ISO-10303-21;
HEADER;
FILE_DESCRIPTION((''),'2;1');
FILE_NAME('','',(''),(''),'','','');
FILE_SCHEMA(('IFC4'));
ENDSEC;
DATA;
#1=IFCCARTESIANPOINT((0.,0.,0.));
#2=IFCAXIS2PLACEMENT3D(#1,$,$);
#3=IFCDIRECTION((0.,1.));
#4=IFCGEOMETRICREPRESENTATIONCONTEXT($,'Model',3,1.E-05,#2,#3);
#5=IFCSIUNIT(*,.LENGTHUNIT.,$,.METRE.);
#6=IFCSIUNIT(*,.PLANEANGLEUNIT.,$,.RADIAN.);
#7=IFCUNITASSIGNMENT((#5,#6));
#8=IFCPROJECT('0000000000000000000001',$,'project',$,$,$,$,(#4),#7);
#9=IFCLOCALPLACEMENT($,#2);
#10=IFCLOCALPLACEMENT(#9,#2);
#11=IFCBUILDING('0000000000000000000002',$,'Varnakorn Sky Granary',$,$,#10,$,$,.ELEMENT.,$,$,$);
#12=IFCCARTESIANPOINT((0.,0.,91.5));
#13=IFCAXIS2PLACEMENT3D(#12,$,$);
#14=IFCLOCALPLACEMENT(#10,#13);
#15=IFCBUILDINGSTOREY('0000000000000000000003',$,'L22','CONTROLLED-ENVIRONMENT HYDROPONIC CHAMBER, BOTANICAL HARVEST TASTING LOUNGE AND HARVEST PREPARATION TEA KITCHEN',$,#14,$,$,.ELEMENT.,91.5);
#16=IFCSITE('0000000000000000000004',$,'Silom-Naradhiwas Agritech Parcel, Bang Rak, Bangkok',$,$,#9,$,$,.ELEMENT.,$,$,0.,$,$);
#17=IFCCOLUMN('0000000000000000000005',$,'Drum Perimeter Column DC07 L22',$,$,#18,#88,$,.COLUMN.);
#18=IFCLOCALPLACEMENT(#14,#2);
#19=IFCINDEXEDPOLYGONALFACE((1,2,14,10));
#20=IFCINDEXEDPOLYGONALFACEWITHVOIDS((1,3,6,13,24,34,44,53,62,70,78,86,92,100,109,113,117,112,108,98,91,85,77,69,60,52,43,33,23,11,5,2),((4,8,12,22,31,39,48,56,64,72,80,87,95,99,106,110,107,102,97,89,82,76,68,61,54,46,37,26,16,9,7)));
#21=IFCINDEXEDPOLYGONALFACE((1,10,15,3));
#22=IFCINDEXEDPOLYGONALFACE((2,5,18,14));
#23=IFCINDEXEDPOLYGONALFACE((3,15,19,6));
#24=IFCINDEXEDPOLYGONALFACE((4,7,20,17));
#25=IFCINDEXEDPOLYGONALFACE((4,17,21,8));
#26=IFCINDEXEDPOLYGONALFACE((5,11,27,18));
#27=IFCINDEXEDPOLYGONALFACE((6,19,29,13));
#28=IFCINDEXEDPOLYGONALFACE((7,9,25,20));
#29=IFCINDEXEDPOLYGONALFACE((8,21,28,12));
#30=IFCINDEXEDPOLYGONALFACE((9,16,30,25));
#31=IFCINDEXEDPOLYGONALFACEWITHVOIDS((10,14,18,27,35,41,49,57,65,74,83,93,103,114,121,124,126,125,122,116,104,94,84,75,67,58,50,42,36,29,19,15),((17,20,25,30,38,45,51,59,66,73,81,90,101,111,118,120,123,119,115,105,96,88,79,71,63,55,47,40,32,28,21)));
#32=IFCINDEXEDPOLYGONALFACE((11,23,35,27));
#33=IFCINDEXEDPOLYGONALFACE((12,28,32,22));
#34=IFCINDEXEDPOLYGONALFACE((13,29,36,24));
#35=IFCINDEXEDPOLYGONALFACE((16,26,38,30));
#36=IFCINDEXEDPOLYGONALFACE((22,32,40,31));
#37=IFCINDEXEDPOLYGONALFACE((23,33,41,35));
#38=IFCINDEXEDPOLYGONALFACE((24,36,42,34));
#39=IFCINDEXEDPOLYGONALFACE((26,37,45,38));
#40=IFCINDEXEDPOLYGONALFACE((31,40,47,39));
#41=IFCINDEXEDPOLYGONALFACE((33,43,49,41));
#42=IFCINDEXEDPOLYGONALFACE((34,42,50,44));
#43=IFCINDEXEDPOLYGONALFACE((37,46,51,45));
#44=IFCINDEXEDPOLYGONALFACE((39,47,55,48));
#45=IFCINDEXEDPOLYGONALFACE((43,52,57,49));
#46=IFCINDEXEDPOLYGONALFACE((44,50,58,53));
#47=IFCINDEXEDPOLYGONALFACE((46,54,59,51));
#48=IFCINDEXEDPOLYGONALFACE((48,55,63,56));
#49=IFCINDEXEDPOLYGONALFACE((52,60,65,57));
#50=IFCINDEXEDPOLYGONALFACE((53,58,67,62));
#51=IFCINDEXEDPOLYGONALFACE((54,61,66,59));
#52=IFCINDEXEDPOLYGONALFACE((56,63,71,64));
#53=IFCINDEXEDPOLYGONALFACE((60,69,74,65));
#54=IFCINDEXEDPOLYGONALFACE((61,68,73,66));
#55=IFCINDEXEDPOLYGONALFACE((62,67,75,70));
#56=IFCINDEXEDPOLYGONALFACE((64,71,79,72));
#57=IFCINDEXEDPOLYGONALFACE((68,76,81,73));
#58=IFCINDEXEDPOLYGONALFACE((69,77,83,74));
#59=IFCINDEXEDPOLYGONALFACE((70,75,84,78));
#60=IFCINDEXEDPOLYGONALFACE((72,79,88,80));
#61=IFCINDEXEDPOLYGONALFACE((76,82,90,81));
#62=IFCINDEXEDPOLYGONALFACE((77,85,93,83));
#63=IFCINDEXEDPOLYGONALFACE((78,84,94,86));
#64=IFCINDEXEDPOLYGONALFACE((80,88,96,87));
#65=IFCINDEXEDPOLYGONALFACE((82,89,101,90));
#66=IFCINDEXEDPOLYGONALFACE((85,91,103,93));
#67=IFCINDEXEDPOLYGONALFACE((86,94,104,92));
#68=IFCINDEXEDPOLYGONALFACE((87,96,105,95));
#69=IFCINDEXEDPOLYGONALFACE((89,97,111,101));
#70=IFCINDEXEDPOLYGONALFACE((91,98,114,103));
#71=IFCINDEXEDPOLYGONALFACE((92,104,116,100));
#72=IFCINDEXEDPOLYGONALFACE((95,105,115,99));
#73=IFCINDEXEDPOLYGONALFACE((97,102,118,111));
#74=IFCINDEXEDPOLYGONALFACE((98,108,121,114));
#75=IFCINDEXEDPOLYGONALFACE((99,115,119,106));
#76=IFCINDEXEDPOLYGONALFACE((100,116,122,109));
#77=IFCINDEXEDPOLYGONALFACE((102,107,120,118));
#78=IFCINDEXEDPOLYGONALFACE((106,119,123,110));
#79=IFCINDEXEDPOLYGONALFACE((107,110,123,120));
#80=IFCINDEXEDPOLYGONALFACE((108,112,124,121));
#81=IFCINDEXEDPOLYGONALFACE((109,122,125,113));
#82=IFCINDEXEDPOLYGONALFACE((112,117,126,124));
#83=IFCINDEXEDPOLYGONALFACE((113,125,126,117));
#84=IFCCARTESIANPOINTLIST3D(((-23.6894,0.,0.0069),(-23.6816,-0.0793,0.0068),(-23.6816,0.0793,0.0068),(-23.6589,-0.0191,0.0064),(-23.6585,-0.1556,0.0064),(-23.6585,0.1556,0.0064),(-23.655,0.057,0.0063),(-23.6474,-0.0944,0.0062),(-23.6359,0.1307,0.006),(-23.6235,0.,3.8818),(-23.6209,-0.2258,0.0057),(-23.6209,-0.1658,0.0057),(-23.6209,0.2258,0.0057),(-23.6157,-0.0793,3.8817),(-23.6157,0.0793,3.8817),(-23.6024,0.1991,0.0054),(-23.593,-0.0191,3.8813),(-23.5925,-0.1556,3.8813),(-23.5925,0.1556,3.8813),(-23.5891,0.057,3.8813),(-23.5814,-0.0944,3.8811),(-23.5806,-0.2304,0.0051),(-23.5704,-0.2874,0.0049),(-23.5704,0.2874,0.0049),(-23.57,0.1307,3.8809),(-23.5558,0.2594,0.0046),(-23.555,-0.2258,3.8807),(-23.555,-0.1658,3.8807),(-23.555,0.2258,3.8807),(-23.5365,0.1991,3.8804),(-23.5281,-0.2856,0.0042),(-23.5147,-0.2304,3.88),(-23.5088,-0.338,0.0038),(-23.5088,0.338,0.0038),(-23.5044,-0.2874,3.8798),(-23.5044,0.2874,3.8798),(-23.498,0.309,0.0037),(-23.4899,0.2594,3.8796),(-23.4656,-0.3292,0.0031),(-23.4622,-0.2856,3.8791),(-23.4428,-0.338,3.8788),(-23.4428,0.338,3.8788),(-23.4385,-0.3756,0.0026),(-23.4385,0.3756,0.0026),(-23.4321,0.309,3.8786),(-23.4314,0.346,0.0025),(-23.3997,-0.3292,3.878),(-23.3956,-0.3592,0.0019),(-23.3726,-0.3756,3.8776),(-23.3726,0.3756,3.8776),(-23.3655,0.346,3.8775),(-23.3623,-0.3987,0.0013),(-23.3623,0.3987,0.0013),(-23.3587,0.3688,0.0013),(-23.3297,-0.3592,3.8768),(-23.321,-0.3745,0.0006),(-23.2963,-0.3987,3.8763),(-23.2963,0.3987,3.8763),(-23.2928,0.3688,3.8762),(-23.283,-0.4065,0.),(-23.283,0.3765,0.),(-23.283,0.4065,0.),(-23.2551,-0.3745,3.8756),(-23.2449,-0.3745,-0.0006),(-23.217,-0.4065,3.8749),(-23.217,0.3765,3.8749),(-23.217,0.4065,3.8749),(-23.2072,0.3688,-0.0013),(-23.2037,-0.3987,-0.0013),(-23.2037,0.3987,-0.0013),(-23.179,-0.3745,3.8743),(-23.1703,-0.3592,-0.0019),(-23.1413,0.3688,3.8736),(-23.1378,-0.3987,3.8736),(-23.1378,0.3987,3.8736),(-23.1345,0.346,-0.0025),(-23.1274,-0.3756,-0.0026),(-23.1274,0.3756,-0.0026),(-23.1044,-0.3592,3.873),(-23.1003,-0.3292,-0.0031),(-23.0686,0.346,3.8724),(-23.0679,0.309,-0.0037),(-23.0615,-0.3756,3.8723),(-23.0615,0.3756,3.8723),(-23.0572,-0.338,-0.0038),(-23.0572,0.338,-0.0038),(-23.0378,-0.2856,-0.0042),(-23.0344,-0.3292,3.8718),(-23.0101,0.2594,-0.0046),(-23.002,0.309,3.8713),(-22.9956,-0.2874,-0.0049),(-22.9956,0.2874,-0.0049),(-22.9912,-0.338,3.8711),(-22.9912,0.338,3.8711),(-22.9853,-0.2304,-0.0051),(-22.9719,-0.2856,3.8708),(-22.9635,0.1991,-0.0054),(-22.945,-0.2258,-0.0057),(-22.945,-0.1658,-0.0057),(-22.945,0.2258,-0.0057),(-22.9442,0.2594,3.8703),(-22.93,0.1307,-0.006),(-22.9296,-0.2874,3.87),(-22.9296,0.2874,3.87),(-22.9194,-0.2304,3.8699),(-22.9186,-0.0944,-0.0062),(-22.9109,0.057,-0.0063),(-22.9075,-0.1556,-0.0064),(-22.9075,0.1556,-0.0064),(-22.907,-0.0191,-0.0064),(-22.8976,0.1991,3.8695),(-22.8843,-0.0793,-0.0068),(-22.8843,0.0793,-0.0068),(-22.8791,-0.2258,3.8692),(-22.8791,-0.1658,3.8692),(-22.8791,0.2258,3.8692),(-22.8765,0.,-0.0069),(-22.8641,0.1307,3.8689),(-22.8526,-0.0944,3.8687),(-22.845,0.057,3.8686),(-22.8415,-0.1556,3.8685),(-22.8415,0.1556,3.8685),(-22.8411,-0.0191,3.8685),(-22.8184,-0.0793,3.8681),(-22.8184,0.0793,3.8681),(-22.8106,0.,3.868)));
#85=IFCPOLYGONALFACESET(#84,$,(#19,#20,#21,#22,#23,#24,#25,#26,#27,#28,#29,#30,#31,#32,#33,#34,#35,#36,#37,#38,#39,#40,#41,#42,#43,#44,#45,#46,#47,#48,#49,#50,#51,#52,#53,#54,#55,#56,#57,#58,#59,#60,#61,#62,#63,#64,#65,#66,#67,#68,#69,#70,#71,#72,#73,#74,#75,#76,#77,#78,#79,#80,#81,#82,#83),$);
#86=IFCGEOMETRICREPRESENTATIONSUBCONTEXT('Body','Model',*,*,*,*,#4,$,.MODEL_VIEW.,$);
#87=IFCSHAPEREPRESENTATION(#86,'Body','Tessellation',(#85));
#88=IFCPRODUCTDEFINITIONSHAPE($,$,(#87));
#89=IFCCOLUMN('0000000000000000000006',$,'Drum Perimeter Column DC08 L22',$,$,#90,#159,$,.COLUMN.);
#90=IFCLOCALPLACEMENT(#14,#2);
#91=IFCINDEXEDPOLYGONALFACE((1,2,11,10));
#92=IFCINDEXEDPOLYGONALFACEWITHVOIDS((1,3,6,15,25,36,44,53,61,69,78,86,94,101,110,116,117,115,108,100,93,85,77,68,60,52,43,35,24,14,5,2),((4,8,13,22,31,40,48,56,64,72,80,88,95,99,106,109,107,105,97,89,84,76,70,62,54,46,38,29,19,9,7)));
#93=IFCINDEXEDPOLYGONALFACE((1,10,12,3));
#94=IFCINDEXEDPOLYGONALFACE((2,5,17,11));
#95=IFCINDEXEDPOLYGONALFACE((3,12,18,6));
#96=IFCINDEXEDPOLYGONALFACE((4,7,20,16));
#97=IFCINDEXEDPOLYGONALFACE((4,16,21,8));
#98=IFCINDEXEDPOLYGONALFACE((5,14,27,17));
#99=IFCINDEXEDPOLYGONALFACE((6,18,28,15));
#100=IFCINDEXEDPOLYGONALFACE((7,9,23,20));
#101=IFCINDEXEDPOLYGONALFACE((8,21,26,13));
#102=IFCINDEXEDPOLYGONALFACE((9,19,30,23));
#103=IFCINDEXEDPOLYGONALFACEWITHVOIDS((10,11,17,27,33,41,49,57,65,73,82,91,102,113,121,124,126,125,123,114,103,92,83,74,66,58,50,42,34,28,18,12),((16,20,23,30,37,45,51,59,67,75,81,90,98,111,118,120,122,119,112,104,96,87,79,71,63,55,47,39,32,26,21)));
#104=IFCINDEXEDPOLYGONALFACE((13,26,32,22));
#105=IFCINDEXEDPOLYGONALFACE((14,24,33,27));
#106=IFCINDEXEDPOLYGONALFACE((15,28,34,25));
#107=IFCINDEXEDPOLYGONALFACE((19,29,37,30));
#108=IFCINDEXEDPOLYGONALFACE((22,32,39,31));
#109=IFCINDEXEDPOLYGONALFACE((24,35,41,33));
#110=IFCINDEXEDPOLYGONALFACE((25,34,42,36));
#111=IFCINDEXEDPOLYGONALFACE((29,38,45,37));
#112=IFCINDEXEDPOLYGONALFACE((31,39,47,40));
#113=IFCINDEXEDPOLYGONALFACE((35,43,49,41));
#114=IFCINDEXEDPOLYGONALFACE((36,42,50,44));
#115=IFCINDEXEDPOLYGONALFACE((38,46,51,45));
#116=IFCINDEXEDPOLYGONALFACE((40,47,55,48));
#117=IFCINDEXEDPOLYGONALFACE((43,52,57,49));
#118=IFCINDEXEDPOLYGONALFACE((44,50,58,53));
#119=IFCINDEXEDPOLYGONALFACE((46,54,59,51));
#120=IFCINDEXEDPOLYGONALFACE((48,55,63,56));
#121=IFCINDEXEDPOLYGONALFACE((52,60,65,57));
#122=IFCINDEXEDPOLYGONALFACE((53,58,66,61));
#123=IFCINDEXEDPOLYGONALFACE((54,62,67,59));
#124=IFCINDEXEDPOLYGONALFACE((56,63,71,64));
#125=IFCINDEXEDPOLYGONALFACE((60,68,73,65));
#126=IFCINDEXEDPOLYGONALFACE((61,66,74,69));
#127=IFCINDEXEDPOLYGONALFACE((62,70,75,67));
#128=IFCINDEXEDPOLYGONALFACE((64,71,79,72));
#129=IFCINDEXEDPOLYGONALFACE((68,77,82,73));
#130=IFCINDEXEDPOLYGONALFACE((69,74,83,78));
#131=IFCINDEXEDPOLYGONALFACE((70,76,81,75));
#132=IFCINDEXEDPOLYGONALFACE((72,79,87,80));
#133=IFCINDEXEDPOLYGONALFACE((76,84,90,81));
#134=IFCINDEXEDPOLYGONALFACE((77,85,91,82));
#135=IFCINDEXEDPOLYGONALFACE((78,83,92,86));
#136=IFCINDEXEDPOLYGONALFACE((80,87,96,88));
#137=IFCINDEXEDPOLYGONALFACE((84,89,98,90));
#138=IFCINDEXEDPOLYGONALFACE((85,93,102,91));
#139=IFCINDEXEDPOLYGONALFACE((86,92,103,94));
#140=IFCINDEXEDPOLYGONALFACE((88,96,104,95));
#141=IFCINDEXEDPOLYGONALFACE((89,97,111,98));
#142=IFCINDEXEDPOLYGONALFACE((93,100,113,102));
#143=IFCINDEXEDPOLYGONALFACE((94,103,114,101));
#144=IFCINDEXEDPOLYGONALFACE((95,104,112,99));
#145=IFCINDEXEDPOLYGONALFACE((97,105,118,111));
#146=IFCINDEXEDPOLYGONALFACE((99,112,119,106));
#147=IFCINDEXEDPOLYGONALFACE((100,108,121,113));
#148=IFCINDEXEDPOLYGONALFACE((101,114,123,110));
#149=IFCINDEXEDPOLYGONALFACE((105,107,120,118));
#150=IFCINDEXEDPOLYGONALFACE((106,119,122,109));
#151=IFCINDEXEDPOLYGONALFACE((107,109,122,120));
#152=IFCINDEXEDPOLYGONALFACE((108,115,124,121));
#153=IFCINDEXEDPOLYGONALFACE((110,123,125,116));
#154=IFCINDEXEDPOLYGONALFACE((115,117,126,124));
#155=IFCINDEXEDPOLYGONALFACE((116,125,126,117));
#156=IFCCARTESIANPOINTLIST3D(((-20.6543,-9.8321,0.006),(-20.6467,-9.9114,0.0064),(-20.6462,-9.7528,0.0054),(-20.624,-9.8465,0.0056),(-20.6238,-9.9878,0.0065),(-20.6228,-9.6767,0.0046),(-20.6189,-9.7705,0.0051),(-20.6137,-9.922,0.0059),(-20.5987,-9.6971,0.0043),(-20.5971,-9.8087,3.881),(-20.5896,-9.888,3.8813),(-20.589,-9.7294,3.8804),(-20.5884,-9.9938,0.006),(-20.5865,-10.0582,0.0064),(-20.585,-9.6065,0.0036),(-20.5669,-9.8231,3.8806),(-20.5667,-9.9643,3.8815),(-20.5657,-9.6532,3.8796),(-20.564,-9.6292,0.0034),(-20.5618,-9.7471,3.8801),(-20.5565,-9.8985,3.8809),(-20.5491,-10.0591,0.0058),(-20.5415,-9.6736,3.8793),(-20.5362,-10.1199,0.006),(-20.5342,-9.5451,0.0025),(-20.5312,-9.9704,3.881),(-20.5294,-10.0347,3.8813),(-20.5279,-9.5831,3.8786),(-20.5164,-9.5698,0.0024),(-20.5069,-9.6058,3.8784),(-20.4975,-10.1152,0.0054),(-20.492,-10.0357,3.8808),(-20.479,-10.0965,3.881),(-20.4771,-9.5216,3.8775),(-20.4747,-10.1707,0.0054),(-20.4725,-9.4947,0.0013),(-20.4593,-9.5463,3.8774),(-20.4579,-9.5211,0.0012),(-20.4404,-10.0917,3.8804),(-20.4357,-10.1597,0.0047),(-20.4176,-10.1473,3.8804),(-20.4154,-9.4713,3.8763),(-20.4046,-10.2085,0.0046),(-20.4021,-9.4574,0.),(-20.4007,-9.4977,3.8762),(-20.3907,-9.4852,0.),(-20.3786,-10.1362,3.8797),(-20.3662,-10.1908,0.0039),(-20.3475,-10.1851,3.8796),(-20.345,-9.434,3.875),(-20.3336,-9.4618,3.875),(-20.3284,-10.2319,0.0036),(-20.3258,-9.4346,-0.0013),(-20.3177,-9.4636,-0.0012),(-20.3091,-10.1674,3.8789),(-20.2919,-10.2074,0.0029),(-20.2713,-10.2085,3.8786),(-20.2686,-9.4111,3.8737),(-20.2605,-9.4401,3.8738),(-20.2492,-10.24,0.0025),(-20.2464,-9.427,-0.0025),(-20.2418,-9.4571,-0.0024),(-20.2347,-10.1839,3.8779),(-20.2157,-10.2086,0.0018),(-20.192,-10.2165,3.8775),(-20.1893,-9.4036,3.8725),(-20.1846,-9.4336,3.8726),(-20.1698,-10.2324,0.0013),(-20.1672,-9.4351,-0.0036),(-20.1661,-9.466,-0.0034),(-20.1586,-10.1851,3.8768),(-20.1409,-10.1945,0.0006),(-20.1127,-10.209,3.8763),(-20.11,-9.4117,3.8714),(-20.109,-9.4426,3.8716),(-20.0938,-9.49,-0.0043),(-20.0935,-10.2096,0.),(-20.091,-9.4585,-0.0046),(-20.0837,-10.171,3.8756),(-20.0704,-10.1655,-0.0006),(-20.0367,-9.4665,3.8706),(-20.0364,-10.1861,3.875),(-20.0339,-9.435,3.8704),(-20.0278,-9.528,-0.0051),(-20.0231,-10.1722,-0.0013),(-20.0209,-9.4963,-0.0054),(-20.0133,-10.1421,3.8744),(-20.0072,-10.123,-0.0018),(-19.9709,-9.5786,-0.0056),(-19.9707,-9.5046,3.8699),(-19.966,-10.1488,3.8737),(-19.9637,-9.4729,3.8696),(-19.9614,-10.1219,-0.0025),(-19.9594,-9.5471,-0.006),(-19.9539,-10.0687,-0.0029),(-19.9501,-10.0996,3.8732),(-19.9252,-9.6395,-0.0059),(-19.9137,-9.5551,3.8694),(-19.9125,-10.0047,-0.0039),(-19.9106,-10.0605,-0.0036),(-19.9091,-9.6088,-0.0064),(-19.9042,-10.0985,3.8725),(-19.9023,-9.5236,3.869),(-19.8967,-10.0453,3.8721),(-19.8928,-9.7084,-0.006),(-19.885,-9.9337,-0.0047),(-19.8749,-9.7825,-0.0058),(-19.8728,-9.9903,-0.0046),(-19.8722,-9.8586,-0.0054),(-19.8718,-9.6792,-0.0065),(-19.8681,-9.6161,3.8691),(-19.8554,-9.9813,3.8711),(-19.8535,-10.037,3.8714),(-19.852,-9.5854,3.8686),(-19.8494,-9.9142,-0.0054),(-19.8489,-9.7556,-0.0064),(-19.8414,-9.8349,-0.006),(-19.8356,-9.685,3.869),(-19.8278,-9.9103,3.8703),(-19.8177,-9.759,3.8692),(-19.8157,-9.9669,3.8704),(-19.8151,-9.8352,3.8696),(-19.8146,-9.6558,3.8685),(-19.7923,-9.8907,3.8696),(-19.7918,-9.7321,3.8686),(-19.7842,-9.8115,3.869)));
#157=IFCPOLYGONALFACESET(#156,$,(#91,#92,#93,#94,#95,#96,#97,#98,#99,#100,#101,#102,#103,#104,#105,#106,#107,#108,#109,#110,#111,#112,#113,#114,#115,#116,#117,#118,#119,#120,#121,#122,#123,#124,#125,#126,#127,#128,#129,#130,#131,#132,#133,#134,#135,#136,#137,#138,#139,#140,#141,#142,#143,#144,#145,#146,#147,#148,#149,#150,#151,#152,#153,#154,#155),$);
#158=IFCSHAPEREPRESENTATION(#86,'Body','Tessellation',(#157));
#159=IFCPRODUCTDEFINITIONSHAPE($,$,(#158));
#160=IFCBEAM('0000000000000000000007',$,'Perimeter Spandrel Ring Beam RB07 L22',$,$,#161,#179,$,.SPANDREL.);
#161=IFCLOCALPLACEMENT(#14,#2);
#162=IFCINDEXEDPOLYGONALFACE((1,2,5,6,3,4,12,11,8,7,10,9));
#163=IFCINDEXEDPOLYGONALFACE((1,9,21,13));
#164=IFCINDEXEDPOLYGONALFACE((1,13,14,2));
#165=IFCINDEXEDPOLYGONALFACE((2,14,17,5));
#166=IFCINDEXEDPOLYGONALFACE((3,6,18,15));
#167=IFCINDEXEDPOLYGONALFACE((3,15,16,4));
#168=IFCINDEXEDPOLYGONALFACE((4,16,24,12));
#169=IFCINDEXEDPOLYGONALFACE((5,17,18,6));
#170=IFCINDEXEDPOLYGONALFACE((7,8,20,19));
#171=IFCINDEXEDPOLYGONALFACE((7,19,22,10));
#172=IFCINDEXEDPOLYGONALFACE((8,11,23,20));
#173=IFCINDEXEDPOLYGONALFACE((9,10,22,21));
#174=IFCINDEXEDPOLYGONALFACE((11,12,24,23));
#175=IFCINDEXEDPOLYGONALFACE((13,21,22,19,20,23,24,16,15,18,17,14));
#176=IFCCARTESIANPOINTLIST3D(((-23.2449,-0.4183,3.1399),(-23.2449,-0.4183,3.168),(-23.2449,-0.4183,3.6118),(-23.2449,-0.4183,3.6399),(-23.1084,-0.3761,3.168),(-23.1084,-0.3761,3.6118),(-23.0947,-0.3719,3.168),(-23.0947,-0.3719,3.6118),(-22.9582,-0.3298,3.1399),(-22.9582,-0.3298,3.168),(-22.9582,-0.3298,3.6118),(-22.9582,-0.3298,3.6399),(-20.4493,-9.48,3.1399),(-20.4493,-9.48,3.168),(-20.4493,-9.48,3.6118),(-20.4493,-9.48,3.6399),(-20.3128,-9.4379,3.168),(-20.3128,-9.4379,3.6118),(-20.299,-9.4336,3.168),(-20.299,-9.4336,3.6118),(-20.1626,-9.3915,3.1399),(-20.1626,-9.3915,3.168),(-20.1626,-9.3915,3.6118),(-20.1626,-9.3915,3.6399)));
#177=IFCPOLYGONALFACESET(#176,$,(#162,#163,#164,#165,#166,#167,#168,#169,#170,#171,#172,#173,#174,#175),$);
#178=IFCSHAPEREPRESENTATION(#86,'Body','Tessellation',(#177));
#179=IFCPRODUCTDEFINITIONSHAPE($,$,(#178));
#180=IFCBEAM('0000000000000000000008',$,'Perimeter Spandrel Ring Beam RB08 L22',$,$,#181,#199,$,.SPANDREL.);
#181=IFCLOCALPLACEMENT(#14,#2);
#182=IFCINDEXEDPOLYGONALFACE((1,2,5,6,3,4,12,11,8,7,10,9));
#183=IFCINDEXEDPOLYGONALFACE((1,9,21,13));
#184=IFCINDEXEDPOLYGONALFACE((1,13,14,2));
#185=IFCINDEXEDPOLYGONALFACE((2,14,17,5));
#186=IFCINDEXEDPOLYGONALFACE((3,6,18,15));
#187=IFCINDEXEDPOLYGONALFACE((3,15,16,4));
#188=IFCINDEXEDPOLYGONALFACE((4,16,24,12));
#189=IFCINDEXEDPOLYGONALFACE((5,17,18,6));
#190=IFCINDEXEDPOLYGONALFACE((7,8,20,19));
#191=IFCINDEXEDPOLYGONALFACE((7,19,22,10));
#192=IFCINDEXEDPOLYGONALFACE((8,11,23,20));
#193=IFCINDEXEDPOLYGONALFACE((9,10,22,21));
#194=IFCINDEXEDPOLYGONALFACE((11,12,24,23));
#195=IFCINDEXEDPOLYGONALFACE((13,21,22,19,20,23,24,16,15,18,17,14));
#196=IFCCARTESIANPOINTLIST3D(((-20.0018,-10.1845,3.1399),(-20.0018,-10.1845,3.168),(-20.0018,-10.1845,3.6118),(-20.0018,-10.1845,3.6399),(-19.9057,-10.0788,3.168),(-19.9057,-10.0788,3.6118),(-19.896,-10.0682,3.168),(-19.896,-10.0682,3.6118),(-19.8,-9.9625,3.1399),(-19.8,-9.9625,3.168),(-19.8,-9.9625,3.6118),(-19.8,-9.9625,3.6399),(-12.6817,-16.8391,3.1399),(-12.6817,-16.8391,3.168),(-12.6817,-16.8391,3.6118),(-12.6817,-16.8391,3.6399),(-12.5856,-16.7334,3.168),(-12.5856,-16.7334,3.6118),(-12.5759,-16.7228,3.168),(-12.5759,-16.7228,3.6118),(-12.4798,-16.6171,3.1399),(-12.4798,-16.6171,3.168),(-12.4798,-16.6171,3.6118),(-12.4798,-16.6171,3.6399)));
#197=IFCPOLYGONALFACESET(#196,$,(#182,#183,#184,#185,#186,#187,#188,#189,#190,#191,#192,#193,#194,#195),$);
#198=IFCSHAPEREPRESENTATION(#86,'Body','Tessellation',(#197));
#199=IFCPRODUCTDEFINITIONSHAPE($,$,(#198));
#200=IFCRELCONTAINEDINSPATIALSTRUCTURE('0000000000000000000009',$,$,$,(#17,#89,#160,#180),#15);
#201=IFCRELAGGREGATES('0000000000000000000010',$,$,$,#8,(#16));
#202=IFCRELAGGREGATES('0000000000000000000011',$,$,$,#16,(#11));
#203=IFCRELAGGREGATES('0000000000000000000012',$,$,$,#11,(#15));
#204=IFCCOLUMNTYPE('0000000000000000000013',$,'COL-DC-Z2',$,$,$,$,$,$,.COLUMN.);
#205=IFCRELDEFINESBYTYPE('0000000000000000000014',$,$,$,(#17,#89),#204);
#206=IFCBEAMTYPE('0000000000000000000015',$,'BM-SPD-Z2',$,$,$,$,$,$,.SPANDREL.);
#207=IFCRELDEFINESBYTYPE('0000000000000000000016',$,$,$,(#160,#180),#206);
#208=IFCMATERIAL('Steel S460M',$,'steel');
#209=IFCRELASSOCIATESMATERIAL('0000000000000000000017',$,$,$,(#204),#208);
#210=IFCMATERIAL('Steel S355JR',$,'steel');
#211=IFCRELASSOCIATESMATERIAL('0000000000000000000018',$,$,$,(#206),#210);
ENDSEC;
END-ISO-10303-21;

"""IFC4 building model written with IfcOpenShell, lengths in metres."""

from ifc_helpers import new_model, si_unit, direction, frame, origin, origin_2d, place, context, subcontext, project, spatial, hollow_circle, i_section, extrude, material, material_profile, profile_set, type_object, element, save


model = new_model("IFC4")

# Units and contexts
model_context = context("Model", 3, precision=1e-05, world=origin(), true_north=direction((0.0, 1.0)))
body_context = subcontext(model_context, "Body", "Model", "MODEL_VIEW")
ifc_project = project(units=[si_unit("LENGTHUNIT", "METRE"), si_unit("PLANEANGLEUNIT", "RADIAN")], contexts=[model_context])

# Site, building, storey
site_placement = place(None, origin())
site = spatial("IfcSite", under=ifc_project, at=site_placement, Name="Silom-Naradhiwas Agritech Parcel, Bang Rak, Bangkok", CompositionType="ELEMENT", RefElevation=0.0)
building_placement = place(site_placement, origin())
building = spatial("IfcBuilding", under=site, at=building_placement, Name="Varnakorn Sky Granary", CompositionType="ELEMENT")
storey_placement = place(building_placement, frame((0.0, 0.0, 91.5)))
storey = spatial("IfcBuildingStorey", under=building, at=storey_placement, Name="L22", Description="CONTROLLED-ENVIRONMENT HYDROPONIC CHAMBER, BOTANICAL HARVEST TASTING LOUNGE AND HARVEST PREPARATION TEA KITCHEN", CompositionType="ELEMENT", Elevation=91.5)

# Columns
ifc_material_1 = material(Name="Steel S460M", Category="steel")
ifc_material_profile_1 = material_profile(ifc_material_1, hollow_circle(Radius=0.4065, WallThickness=0.03, at=origin_2d()), Name="CHS 813x30")
ifc_profile_set_1 = profile_set([ifc_material_profile_1], Name="Steel S460M")
column_type = type_object("IfcColumnType", Name="COL-DC-Z2", PredefinedType="COLUMN", material=ifc_profile_set_1)
for number, where, z_axis, x_axis, name in (
    (1, (-23.283, 0.0, 0.0), (0.017009, 0.0, 0.999855), (0.0, 1.0, 0.0), "Drum Perimeter Column DC07 L22"),
    (2, (-20.2478, -9.8335, 0.0), (0.014741, 0.006048, 0.999873), (-0.379556, 0.925169, 0.0), "Drum Perimeter Column DC08 L22"),
):
    element("IfcColumn", number, at=place(storey_placement, frame(where, z_axis=z_axis, x_axis=x_axis)), inside=storey, type_object=column_type, Name=name, PredefinedType="COLUMN", context=body_context, shape_type="SweptSolid", body=[
        extrude(hollow_circle(Radius=0.4065, WallThickness=0.03, at=origin_2d()), origin(), (0.0, 0.0, 1.0), 3.8755),
    ])

# Beams
ifc_material_2 = material(Name="Steel S355JR", Category="steel")
ifc_material_profile_2 = material_profile(ifc_material_2, i_section(OverallWidth=0.3, OverallDepth=0.5, WebThickness=0.0144, FlangeThickness=0.0281, at=origin_2d()), Name="HE 500 B")
ifc_profile_set_2 = profile_set([ifc_material_profile_2], Name="Steel S355JR")
beam_type = type_object("IfcBeamType", Name="BM-SPD-Z2", PredefinedType="SPANDREL", material=ifc_profile_set_2)
beam_1_placement = place(storey_placement, frame((-23.1016, -0.374, 3.3899), z_axis=(0.2948, -0.955559, 0.0), x_axis=(0.955559, 0.2948, 0.0)))
element("IfcBeam", 3, at=beam_1_placement, inside=storey, type_object=beam_type, Name="Perimeter Spandrel Ring Beam RB07 L22", PredefinedType="SPANDREL", context=body_context, shape_type="SweptSolid", body=[
    extrude(i_section(OverallWidth=0.3, OverallDepth=0.5, WebThickness=0.0144, FlangeThickness=0.0281, at=origin_2d()), origin(), (0.0, 0.0, 1.0), 9.4832),
])
beam_2_placement = place(storey_placement, frame((-19.9009, -10.0735, 3.3899), z_axis=(0.739943, -0.672669, 0.0), x_axis=(0.672669, 0.739943, 0.0)))
element("IfcBeam", 4, at=beam_2_placement, inside=storey, type_object=beam_type, Name="Perimeter Spandrel Ring Beam RB08 L22", PredefinedType="SPANDREL", context=body_context, shape_type="SweptSolid", body=[
    extrude(i_section(OverallWidth=0.3, OverallDepth=0.5, WebThickness=0.0144, FlangeThickness=0.0281, at=origin_2d()), origin(), (0.0, 0.0, 1.0), 9.8928),
])

save(model, "model.ifc")
